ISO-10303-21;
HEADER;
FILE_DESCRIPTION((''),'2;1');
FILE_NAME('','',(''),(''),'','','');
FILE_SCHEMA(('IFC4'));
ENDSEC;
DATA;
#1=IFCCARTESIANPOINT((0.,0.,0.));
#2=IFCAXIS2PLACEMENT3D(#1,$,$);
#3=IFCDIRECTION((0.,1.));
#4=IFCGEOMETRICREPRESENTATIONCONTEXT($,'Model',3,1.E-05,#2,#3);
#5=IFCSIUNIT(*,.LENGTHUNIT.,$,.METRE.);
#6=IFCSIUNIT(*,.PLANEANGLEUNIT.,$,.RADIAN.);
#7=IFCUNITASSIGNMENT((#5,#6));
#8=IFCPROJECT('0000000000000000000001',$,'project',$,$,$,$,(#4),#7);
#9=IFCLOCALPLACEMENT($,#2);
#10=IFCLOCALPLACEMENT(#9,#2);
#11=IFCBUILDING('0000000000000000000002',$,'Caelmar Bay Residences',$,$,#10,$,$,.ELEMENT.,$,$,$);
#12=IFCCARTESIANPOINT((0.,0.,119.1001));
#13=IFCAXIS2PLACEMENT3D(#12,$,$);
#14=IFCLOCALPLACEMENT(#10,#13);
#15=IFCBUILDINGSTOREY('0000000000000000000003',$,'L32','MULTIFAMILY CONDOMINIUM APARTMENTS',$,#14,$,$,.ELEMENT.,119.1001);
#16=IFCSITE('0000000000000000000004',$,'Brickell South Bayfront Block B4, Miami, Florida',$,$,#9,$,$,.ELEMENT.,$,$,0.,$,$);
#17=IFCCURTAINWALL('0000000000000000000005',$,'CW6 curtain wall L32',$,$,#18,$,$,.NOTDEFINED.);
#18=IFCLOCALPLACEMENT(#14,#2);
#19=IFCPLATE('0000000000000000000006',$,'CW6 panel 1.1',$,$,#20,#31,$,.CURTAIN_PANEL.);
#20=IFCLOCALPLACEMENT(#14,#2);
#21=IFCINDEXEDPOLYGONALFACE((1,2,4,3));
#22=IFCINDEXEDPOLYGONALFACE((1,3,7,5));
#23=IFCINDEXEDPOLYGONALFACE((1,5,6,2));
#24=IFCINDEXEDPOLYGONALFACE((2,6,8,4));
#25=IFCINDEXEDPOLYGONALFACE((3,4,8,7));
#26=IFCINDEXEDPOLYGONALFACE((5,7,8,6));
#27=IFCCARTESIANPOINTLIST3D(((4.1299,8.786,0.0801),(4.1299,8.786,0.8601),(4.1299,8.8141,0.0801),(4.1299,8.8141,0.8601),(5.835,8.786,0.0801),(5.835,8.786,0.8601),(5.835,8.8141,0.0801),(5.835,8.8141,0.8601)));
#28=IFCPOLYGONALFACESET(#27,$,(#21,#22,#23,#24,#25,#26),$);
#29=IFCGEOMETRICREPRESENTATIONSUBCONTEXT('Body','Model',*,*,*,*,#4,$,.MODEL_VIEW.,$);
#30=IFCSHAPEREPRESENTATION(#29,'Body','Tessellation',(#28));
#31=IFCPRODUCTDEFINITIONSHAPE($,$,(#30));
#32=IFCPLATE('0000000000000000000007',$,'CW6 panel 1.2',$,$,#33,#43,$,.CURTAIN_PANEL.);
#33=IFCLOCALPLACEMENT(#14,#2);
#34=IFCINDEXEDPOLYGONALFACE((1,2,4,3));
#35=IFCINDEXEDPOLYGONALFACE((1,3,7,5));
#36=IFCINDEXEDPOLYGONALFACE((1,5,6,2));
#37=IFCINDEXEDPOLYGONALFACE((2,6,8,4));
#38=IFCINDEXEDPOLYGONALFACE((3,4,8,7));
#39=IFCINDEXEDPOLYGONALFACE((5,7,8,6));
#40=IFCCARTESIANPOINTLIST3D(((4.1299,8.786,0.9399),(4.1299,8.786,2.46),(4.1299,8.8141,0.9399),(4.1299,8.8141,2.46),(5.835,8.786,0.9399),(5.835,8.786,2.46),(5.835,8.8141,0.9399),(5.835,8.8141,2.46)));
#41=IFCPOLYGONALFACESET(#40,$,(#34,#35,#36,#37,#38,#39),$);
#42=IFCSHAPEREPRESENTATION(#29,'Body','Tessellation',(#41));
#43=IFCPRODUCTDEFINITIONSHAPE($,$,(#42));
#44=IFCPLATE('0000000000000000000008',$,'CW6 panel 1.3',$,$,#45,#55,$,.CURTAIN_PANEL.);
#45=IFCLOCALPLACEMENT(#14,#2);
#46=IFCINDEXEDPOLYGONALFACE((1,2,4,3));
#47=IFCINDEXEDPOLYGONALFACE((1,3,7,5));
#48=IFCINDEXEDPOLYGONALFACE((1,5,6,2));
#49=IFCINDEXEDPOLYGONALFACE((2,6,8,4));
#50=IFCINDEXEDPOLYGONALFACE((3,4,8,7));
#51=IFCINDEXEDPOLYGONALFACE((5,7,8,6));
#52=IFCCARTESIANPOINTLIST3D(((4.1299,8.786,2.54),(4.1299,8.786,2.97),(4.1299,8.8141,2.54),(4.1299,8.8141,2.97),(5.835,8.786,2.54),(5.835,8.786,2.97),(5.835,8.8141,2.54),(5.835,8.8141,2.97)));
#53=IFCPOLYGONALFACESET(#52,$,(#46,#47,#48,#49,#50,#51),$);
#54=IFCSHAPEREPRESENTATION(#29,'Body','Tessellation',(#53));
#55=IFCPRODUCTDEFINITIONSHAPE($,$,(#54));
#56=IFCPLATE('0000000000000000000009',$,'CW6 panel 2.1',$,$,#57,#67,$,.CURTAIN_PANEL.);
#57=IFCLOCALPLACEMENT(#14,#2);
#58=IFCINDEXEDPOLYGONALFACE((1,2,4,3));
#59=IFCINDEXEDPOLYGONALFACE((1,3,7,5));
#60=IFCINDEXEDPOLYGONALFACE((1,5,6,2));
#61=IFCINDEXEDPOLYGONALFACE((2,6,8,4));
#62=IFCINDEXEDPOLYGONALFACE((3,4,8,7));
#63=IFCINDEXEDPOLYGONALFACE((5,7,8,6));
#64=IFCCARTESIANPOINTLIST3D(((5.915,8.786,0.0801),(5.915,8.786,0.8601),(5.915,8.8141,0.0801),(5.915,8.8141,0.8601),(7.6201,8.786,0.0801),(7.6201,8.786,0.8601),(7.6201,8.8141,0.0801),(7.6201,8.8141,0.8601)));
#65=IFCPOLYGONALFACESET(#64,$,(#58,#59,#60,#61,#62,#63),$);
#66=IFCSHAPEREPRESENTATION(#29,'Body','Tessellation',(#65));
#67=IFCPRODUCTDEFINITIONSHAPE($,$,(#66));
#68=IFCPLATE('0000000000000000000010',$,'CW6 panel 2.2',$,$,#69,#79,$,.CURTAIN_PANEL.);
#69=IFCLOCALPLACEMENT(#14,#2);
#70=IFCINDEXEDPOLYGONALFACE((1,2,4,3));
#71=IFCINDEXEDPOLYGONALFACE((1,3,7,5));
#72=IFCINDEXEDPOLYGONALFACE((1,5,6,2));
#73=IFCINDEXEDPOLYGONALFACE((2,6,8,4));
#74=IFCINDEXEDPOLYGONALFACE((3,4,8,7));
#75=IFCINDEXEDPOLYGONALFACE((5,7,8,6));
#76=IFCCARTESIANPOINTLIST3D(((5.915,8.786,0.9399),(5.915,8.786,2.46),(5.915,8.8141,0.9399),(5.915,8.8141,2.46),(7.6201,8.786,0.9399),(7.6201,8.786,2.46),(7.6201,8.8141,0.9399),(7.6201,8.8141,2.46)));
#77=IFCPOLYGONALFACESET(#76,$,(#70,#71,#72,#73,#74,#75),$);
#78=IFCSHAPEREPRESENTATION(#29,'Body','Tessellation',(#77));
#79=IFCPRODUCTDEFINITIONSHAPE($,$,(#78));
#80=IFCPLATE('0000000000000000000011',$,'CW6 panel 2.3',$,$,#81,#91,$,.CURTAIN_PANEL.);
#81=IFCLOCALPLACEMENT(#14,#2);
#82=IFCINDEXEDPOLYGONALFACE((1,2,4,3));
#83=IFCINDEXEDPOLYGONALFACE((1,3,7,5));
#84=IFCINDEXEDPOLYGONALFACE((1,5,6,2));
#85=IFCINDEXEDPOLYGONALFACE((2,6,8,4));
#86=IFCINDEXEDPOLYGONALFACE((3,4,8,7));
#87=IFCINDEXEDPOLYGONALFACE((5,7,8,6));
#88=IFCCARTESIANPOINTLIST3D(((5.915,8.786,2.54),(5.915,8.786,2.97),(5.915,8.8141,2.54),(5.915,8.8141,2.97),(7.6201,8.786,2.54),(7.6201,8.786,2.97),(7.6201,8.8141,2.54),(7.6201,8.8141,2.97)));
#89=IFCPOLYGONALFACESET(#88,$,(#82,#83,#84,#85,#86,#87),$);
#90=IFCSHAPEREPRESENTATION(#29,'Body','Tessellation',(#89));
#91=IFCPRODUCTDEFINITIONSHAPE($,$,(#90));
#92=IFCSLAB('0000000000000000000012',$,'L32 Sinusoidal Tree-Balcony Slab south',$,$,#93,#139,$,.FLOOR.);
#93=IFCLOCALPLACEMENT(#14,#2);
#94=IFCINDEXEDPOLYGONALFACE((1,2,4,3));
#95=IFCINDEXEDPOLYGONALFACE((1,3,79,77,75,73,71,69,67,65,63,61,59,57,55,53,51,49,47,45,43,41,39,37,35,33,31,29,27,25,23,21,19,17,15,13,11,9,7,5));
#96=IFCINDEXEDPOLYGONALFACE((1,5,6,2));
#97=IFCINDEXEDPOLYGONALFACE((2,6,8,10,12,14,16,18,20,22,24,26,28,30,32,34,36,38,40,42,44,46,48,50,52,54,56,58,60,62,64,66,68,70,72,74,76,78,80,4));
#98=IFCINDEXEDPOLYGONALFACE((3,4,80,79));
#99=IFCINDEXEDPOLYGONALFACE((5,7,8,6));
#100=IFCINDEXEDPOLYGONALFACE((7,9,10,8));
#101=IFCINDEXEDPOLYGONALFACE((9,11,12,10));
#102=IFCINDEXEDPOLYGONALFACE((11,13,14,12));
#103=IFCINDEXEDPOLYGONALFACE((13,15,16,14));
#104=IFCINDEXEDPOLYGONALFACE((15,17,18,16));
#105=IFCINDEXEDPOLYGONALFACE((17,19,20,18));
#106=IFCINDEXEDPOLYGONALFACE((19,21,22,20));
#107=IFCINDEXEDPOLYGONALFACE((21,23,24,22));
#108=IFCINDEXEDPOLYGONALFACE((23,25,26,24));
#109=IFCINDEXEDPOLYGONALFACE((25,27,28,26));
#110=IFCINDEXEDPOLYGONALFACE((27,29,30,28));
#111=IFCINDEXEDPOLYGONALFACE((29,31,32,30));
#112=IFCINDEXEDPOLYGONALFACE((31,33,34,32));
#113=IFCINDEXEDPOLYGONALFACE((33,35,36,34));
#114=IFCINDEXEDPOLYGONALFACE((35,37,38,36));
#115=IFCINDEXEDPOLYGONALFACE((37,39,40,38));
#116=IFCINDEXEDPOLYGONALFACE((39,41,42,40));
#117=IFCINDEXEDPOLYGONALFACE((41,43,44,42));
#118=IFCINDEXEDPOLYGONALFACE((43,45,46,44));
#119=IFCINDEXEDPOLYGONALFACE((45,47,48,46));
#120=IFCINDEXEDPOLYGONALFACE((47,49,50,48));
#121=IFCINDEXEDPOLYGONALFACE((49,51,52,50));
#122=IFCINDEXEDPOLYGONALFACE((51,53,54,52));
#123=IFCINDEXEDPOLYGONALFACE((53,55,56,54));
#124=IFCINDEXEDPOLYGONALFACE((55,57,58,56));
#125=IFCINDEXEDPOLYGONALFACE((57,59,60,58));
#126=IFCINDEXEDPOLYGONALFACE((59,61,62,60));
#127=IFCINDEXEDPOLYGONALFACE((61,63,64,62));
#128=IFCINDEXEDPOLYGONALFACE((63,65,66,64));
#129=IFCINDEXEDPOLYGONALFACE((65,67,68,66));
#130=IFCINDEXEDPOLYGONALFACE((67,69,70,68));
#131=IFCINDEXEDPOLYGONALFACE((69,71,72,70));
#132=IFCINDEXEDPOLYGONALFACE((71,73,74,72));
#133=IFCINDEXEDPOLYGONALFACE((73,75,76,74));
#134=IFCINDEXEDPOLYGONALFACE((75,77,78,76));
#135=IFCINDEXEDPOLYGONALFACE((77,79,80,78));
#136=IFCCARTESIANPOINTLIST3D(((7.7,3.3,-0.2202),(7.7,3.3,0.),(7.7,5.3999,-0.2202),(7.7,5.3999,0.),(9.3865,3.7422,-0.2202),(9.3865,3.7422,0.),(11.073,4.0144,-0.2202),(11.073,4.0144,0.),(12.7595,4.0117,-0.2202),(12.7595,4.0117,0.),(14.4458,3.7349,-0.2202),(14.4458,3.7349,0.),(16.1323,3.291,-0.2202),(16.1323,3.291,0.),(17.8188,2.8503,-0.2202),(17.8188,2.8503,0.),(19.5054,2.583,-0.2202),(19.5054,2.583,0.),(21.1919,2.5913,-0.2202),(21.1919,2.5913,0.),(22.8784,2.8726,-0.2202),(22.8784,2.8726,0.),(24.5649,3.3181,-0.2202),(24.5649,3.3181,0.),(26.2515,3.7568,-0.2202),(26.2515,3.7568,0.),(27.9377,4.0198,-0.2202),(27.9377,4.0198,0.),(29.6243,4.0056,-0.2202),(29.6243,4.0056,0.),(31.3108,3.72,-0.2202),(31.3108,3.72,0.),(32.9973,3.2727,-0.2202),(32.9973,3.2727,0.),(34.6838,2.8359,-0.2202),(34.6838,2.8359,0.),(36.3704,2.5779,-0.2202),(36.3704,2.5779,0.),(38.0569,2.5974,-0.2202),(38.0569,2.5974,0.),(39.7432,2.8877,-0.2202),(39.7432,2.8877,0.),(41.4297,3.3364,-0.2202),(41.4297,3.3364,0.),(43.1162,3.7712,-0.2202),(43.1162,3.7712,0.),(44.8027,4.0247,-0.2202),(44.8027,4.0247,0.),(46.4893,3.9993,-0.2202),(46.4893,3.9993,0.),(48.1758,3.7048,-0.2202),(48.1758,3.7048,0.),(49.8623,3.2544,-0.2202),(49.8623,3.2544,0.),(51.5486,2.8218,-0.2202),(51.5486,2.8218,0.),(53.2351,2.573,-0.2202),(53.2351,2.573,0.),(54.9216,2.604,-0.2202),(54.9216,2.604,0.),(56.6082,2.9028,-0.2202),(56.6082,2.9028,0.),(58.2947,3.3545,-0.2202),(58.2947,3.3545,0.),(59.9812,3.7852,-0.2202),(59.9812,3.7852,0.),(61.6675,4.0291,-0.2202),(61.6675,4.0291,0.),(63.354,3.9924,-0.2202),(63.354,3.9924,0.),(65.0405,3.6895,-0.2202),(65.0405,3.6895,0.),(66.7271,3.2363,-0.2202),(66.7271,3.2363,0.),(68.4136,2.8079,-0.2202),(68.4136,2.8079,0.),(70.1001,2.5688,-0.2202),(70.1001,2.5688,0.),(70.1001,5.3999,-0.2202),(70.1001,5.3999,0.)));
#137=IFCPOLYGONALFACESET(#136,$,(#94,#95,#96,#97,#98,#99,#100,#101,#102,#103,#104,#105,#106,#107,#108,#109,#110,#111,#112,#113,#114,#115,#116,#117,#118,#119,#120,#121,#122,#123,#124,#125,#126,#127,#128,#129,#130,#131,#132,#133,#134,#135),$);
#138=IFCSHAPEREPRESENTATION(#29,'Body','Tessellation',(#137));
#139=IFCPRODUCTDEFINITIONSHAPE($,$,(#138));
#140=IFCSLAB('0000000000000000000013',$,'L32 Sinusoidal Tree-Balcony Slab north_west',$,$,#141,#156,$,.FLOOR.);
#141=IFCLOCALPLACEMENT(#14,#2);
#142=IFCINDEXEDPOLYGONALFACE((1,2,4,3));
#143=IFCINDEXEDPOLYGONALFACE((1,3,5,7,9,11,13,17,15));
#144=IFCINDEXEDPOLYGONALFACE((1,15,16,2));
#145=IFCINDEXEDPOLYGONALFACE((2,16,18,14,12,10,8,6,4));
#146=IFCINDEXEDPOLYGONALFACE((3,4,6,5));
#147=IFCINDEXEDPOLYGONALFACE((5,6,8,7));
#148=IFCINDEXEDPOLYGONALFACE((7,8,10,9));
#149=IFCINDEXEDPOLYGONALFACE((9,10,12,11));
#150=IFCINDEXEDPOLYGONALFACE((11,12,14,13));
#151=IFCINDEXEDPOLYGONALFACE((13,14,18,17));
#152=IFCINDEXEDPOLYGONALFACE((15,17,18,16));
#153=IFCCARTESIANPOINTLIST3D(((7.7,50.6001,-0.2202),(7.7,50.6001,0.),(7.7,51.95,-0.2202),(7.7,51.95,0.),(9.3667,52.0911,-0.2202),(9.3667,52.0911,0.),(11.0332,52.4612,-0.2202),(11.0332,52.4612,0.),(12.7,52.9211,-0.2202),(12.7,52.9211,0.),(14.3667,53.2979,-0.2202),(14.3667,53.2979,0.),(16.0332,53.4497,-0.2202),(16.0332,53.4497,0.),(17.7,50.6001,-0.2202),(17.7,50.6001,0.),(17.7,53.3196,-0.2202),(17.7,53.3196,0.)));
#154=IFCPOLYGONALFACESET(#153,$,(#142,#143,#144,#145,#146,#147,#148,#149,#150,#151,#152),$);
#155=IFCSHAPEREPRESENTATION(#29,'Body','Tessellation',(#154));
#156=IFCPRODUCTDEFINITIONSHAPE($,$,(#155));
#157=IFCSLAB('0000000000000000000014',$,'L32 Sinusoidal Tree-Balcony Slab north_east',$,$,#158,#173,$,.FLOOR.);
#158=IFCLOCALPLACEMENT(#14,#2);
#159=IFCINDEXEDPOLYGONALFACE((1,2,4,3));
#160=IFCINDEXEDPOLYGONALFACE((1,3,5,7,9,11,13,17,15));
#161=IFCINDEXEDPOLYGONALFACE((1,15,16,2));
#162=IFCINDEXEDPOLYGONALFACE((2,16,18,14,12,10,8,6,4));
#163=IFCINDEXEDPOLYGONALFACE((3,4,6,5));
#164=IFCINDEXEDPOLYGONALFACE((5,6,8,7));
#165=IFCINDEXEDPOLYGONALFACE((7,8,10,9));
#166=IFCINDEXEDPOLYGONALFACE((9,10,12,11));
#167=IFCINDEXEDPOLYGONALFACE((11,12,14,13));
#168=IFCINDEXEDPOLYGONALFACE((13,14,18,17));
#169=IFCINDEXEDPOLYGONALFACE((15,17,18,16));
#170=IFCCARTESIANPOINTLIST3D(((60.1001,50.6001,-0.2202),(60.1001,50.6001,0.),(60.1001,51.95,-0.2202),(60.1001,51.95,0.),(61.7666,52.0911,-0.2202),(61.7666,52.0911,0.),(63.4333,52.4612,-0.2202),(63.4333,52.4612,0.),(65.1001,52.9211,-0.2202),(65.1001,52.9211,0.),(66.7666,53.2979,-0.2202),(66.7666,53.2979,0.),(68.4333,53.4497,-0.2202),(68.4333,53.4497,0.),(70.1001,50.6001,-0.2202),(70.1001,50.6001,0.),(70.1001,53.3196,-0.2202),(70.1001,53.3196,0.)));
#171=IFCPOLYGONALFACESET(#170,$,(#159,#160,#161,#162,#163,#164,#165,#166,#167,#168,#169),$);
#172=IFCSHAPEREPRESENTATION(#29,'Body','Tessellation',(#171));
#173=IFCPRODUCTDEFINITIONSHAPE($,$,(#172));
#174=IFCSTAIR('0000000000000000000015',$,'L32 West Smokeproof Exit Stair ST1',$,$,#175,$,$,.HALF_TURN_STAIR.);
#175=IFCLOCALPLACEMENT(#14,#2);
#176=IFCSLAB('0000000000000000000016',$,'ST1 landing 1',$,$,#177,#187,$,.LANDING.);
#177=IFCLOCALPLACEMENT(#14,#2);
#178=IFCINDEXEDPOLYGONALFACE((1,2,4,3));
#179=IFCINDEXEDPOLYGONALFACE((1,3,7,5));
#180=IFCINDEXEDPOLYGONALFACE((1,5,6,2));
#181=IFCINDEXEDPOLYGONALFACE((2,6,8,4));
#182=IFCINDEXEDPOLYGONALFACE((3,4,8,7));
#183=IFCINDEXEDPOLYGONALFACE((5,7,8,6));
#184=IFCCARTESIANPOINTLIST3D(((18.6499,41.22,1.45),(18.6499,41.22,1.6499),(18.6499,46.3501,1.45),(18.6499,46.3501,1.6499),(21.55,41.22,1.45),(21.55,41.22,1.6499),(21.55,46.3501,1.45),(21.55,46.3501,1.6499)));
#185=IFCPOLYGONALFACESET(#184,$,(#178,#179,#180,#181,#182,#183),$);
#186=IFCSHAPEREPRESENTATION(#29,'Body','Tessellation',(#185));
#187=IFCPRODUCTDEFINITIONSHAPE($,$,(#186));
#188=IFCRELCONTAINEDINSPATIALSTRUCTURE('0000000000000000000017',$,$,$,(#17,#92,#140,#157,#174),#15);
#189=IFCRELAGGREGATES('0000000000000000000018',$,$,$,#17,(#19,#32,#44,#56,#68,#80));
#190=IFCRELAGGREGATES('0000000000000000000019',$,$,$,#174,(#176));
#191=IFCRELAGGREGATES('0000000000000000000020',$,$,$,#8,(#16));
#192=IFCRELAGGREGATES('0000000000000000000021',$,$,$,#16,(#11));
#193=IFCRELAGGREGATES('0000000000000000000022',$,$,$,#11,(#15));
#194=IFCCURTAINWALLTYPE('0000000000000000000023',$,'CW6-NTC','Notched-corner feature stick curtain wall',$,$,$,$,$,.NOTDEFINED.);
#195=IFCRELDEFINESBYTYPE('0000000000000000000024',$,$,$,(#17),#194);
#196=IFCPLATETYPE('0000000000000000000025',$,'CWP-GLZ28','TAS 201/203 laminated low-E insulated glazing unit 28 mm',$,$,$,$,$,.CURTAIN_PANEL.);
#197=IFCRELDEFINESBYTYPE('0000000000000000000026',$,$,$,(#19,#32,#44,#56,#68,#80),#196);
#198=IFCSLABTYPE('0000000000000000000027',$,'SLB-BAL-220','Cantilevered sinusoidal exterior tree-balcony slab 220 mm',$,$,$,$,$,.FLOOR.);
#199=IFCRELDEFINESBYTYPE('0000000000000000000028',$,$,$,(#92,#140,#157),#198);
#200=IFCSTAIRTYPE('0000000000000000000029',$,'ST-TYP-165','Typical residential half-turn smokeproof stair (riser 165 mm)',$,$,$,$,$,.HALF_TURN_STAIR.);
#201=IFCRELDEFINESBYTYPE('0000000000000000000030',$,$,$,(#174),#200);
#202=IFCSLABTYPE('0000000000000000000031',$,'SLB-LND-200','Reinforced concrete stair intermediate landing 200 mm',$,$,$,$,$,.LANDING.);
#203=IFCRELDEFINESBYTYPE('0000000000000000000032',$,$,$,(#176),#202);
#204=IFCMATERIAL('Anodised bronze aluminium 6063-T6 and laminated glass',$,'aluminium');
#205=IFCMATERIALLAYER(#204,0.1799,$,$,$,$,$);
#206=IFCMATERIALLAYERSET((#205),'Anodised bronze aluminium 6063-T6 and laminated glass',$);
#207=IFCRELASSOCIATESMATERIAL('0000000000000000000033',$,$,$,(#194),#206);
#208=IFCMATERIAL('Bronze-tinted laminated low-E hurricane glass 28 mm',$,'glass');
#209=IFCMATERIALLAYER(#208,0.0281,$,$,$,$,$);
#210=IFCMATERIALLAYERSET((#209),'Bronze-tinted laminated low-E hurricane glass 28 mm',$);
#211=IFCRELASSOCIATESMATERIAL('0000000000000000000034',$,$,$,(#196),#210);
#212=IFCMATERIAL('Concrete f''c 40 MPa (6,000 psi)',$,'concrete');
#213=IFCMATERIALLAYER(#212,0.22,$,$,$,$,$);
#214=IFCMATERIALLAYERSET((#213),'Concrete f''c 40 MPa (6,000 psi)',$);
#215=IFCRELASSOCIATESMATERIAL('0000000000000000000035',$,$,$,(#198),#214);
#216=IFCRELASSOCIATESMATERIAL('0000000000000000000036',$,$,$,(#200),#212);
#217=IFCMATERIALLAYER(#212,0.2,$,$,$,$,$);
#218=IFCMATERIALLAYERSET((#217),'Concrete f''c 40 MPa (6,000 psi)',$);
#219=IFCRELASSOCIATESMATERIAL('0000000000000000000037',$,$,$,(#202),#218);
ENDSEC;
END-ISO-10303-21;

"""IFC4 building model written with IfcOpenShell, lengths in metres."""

from ifc_helpers import new_model, si_unit, direction, frame, origin, origin_2d, place, context, subcontext, project, spatial, polyline, rectangle, outline, extrude, material, layer, layer_set, type_object, element, aggregate, save


model = new_model("IFC4")

# Units and contexts
model_context = context("Model", 3, precision=1e-05, world=origin(), true_north=direction((0.0, 1.0)))
body_context = subcontext(model_context, "Body", "Model", "MODEL_VIEW")
ifc_project = project(units=[si_unit("LENGTHUNIT", "METRE"), si_unit("PLANEANGLEUNIT", "RADIAN")], contexts=[model_context])

# Site, building, storey
site_placement = place(None, origin())
site = spatial("IfcSite", under=ifc_project, at=site_placement, Name="Brickell South Bayfront Block B4, Miami, Florida", CompositionType="ELEMENT", RefElevation=0.0)
building_placement = place(site_placement, origin())
building = spatial("IfcBuilding", under=site, at=building_placement, Name="Caelmar Bay Residences", CompositionType="ELEMENT")
storey_placement = place(building_placement, frame((0.0, 0.0, 119.1001)))
storey = spatial("IfcBuildingStorey", under=building, at=storey_placement, Name="L32", Description="MULTIFAMILY CONDOMINIUM APARTMENTS", CompositionType="ELEMENT", Elevation=119.1001)

# Curtain wall
ifc_material_1 = material(Name="Anodised bronze aluminium 6063-T6 and laminated glass", Category="aluminium")
ifc_layer_1 = layer(ifc_material_1, 0.1799)
ifc_layer_set_1 = layer_set([ifc_layer_1], Name="Anodised bronze aluminium 6063-T6 and laminated glass")
curtain_wall_type_1 = type_object("IfcCurtainWallType", Name="CW6-NTC", Description="Notched-corner feature stick curtain wall", PredefinedType="NOTDEFINED", material=ifc_layer_set_1)
curtain_wall_1_placement = place(storey_placement, origin())
curtain_wall_1 = element("IfcCurtainWall", 1, at=curtain_wall_1_placement, inside=storey, type_object=curtain_wall_type_1, Name="CW6 curtain wall L32", PredefinedType="NOTDEFINED")

# Plates
ifc_material_2 = material(Name="Bronze-tinted laminated low-E hurricane glass 28 mm", Category="glass")
ifc_layer_2 = layer(ifc_material_2, 0.0281)
ifc_layer_set_2 = layer_set([ifc_layer_2], Name="Bronze-tinted laminated low-E hurricane glass 28 mm")
plate_type = type_object("IfcPlateType", Name="CWP-GLZ28", Description="TAS 201/203 laminated low-E insulated glazing unit 28 mm", PredefinedType="CURTAIN_PANEL", material=ifc_layer_set_2)
plate_1_placement = place(storey_placement, frame((4.9824, 8.8, 0.0801), z_axis=(0.0, 0.0, 1.0), x_axis=(1.0, 0.0, 0.0)))
plate_1 = element("IfcPlate", 2, at=plate_1_placement, type_object=plate_type, Name="CW6 panel 1.1", PredefinedType="CURTAIN_PANEL", context=body_context, shape_type="SweptSolid", body=[
    extrude(rectangle(XDim=1.7051, YDim=0.0281, at=origin_2d()), origin(), (0.0, 0.0, 1.0), 0.78),
])
plate_2_placement = place(storey_placement, frame((4.9824, 8.8, 0.9399), z_axis=(0.0, 0.0, 1.0), x_axis=(1.0, 0.0, 0.0)))
plate_2 = element("IfcPlate", 3, at=plate_2_placement, type_object=plate_type, Name="CW6 panel 1.2", PredefinedType="CURTAIN_PANEL", context=body_context, shape_type="SweptSolid", body=[
    extrude(rectangle(XDim=1.7051, YDim=0.0281, at=origin_2d()), origin(), (0.0, 0.0, 1.0), 1.52),
])
plate_3_placement = place(storey_placement, frame((4.9824, 8.8, 2.54), z_axis=(0.0, 0.0, 1.0), x_axis=(1.0, 0.0, 0.0)))
plate_3 = element("IfcPlate", 4, at=plate_3_placement, type_object=plate_type, Name="CW6 panel 1.3", PredefinedType="CURTAIN_PANEL", context=body_context, shape_type="SweptSolid", body=[
    extrude(rectangle(XDim=1.7051, YDim=0.0281, at=origin_2d()), origin(), (0.0, 0.0, 1.0), 0.4299),
])
plate_4_placement = place(storey_placement, frame((6.7676, 8.8, 0.0801), z_axis=(0.0, 0.0, 1.0), x_axis=(1.0, 0.0, 0.0)))
plate_4 = element("IfcPlate", 5, at=plate_4_placement, type_object=plate_type, Name="CW6 panel 2.1", PredefinedType="CURTAIN_PANEL", context=body_context, shape_type="SweptSolid", body=[
    extrude(rectangle(XDim=1.7051, YDim=0.0281, at=origin_2d()), origin(), (0.0, 0.0, 1.0), 0.78),
])
plate_5_placement = place(storey_placement, frame((6.7676, 8.8, 0.9399), z_axis=(0.0, 0.0, 1.0), x_axis=(1.0, 0.0, 0.0)))
plate_5 = element("IfcPlate", 6, at=plate_5_placement, type_object=plate_type, Name="CW6 panel 2.2", PredefinedType="CURTAIN_PANEL", context=body_context, shape_type="SweptSolid", body=[
    extrude(rectangle(XDim=1.7051, YDim=0.0281, at=origin_2d()), origin(), (0.0, 0.0, 1.0), 1.52),
])
plate_6_placement = place(storey_placement, frame((6.7676, 8.8, 2.54), z_axis=(0.0, 0.0, 1.0), x_axis=(1.0, 0.0, 0.0)))
plate_6 = element("IfcPlate", 7, at=plate_6_placement, type_object=plate_type, Name="CW6 panel 2.3", PredefinedType="CURTAIN_PANEL", context=body_context, shape_type="SweptSolid", body=[
    extrude(rectangle(XDim=1.7051, YDim=0.0281, at=origin_2d()), origin(), (0.0, 0.0, 1.0), 0.4299),
])
aggregate(curtain_wall_1, [plate_1, plate_2, plate_3, plate_4, plate_5, plate_6])

# Slabs
ifc_material_3 = material(Name="Concrete f'c 40 MPa (6,000 psi)", Category="concrete")
ifc_layer_3 = layer(ifc_material_3, 0.22)
ifc_layer_set_3 = layer_set([ifc_layer_3], Name="Concrete f'c 40 MPa (6,000 psi)")
slab_type_1 = type_object("IfcSlabType", Name="SLB-BAL-220", Description="Cantilevered sinusoidal exterior tree-balcony slab 220 mm", PredefinedType="FLOOR", material=ifc_layer_set_3)
slab_1_placement = place(storey_placement, frame((0.0, 0.0, -0.2202)))
element("IfcSlab", 8, at=slab_1_placement, inside=storey, type_object=slab_type_1, Name="L32 Sinusoidal Tree-Balcony Slab south", PredefinedType="FLOOR", context=body_context, shape_type="SweptSolid", body=[
    extrude(outline(polyline([(7.7, 3.3), (9.3865, 3.7422), (11.073, 4.0144), (12.7595, 4.0117), (14.4458, 3.7349), (16.1323, 3.291), (17.8188, 2.8503), (19.5054, 2.583), (21.1919, 2.5913), (22.8784, 2.8726), (24.5649, 3.3181), (26.2515, 3.7568), (27.9377, 4.0198), (29.6243, 4.0056), (31.3108, 3.72), (32.9973, 3.2727), (34.6838, 2.8359), (36.3704, 2.5779), (38.0569, 2.5974), (39.7432, 2.8877), (41.4297, 3.3364), (43.1162, 3.7712), (44.8027, 4.0247), (46.4893, 3.9993), (48.1758, 3.7048), (49.8623, 3.2544), (51.5486, 2.8218), (53.2351, 2.573), (54.9216, 2.604), (56.6082, 2.9028), (58.2947, 3.3545), (59.9812, 3.7852), (61.6675, 4.0291), (63.354, 3.9924), (65.0405, 3.6895), (66.7271, 3.2363), (68.4136, 2.8079), (70.1001, 2.5688), (70.1001, 5.3999), (7.7, 5.3999), (7.7, 3.3)])), origin(), (0.0, 0.0, 1.0), 0.2202),
])
slab_2_placement = place(storey_placement, frame((0.0, 0.0, -0.2202)))
element("IfcSlab", 9, at=slab_2_placement, inside=storey, type_object=slab_type_1, Name="L32 Sinusoidal Tree-Balcony Slab north_west", PredefinedType="FLOOR", context=body_context, shape_type="SweptSolid", body=[
    extrude(outline(polyline([(7.7, 50.6001), (17.7, 50.6001), (17.7, 53.3196), (16.0332, 53.4497), (14.3667, 53.2979), (12.7, 52.9211), (11.0332, 52.4612), (9.3667, 52.0911), (7.7, 51.95), (7.7, 50.6001)])), origin(), (0.0, 0.0, 1.0), 0.2202),
])
slab_3_placement = place(storey_placement, frame((0.0, 0.0, -0.2202)))
element("IfcSlab", 10, at=slab_3_placement, inside=storey, type_object=slab_type_1, Name="L32 Sinusoidal Tree-Balcony Slab north_east", PredefinedType="FLOOR", context=body_context, shape_type="SweptSolid", body=[
    extrude(outline(polyline([(60.1001, 50.6001), (70.1001, 50.6001), (70.1001, 53.3196), (68.4333, 53.4497), (66.7666, 53.2979), (65.1001, 52.9211), (63.4333, 52.4612), (61.7666, 52.0911), (60.1001, 51.95), (60.1001, 50.6001)])), origin(), (0.0, 0.0, 1.0), 0.2202),
])

# Stair, slab
stair_type = type_object("IfcStairType", Name="ST-TYP-165", Description="Typical residential half-turn smokeproof stair (riser 165 mm)", PredefinedType="HALF_TURN_STAIR", material=ifc_material_3)
stair_1_placement = place(storey_placement, origin())
stair_1 = element("IfcStair", 11, at=stair_1_placement, inside=storey, type_object=stair_type, Name="L32 West Smokeproof Exit Stair ST1", PredefinedType="HALF_TURN_STAIR")
ifc_layer_4 = layer(ifc_material_3, 0.2)
ifc_layer_set_4 = layer_set([ifc_layer_4], Name="Concrete f'c 40 MPa (6,000 psi)")
slab_type_2 = type_object("IfcSlabType", Name="SLB-LND-200", Description="Reinforced concrete stair intermediate landing 200 mm", PredefinedType="LANDING", material=ifc_layer_set_4)
slab_4_placement = place(storey_placement, frame((0.0, 0.0, 1.45)))
slab_4 = element("IfcSlab", 12, at=slab_4_placement, type_object=slab_type_2, Name="ST1 landing 1", PredefinedType="LANDING", context=body_context, shape_type="SweptSolid", body=[
    extrude(outline(polyline([(21.55, 41.22), (21.55, 46.3501), (18.6499, 46.3501), (18.6499, 41.22), (21.55, 41.22)])), origin(), (0.0, 0.0, 1.0), 0.2),
])
aggregate(stair_1, [slab_4])

save(model, "model.ifc")
